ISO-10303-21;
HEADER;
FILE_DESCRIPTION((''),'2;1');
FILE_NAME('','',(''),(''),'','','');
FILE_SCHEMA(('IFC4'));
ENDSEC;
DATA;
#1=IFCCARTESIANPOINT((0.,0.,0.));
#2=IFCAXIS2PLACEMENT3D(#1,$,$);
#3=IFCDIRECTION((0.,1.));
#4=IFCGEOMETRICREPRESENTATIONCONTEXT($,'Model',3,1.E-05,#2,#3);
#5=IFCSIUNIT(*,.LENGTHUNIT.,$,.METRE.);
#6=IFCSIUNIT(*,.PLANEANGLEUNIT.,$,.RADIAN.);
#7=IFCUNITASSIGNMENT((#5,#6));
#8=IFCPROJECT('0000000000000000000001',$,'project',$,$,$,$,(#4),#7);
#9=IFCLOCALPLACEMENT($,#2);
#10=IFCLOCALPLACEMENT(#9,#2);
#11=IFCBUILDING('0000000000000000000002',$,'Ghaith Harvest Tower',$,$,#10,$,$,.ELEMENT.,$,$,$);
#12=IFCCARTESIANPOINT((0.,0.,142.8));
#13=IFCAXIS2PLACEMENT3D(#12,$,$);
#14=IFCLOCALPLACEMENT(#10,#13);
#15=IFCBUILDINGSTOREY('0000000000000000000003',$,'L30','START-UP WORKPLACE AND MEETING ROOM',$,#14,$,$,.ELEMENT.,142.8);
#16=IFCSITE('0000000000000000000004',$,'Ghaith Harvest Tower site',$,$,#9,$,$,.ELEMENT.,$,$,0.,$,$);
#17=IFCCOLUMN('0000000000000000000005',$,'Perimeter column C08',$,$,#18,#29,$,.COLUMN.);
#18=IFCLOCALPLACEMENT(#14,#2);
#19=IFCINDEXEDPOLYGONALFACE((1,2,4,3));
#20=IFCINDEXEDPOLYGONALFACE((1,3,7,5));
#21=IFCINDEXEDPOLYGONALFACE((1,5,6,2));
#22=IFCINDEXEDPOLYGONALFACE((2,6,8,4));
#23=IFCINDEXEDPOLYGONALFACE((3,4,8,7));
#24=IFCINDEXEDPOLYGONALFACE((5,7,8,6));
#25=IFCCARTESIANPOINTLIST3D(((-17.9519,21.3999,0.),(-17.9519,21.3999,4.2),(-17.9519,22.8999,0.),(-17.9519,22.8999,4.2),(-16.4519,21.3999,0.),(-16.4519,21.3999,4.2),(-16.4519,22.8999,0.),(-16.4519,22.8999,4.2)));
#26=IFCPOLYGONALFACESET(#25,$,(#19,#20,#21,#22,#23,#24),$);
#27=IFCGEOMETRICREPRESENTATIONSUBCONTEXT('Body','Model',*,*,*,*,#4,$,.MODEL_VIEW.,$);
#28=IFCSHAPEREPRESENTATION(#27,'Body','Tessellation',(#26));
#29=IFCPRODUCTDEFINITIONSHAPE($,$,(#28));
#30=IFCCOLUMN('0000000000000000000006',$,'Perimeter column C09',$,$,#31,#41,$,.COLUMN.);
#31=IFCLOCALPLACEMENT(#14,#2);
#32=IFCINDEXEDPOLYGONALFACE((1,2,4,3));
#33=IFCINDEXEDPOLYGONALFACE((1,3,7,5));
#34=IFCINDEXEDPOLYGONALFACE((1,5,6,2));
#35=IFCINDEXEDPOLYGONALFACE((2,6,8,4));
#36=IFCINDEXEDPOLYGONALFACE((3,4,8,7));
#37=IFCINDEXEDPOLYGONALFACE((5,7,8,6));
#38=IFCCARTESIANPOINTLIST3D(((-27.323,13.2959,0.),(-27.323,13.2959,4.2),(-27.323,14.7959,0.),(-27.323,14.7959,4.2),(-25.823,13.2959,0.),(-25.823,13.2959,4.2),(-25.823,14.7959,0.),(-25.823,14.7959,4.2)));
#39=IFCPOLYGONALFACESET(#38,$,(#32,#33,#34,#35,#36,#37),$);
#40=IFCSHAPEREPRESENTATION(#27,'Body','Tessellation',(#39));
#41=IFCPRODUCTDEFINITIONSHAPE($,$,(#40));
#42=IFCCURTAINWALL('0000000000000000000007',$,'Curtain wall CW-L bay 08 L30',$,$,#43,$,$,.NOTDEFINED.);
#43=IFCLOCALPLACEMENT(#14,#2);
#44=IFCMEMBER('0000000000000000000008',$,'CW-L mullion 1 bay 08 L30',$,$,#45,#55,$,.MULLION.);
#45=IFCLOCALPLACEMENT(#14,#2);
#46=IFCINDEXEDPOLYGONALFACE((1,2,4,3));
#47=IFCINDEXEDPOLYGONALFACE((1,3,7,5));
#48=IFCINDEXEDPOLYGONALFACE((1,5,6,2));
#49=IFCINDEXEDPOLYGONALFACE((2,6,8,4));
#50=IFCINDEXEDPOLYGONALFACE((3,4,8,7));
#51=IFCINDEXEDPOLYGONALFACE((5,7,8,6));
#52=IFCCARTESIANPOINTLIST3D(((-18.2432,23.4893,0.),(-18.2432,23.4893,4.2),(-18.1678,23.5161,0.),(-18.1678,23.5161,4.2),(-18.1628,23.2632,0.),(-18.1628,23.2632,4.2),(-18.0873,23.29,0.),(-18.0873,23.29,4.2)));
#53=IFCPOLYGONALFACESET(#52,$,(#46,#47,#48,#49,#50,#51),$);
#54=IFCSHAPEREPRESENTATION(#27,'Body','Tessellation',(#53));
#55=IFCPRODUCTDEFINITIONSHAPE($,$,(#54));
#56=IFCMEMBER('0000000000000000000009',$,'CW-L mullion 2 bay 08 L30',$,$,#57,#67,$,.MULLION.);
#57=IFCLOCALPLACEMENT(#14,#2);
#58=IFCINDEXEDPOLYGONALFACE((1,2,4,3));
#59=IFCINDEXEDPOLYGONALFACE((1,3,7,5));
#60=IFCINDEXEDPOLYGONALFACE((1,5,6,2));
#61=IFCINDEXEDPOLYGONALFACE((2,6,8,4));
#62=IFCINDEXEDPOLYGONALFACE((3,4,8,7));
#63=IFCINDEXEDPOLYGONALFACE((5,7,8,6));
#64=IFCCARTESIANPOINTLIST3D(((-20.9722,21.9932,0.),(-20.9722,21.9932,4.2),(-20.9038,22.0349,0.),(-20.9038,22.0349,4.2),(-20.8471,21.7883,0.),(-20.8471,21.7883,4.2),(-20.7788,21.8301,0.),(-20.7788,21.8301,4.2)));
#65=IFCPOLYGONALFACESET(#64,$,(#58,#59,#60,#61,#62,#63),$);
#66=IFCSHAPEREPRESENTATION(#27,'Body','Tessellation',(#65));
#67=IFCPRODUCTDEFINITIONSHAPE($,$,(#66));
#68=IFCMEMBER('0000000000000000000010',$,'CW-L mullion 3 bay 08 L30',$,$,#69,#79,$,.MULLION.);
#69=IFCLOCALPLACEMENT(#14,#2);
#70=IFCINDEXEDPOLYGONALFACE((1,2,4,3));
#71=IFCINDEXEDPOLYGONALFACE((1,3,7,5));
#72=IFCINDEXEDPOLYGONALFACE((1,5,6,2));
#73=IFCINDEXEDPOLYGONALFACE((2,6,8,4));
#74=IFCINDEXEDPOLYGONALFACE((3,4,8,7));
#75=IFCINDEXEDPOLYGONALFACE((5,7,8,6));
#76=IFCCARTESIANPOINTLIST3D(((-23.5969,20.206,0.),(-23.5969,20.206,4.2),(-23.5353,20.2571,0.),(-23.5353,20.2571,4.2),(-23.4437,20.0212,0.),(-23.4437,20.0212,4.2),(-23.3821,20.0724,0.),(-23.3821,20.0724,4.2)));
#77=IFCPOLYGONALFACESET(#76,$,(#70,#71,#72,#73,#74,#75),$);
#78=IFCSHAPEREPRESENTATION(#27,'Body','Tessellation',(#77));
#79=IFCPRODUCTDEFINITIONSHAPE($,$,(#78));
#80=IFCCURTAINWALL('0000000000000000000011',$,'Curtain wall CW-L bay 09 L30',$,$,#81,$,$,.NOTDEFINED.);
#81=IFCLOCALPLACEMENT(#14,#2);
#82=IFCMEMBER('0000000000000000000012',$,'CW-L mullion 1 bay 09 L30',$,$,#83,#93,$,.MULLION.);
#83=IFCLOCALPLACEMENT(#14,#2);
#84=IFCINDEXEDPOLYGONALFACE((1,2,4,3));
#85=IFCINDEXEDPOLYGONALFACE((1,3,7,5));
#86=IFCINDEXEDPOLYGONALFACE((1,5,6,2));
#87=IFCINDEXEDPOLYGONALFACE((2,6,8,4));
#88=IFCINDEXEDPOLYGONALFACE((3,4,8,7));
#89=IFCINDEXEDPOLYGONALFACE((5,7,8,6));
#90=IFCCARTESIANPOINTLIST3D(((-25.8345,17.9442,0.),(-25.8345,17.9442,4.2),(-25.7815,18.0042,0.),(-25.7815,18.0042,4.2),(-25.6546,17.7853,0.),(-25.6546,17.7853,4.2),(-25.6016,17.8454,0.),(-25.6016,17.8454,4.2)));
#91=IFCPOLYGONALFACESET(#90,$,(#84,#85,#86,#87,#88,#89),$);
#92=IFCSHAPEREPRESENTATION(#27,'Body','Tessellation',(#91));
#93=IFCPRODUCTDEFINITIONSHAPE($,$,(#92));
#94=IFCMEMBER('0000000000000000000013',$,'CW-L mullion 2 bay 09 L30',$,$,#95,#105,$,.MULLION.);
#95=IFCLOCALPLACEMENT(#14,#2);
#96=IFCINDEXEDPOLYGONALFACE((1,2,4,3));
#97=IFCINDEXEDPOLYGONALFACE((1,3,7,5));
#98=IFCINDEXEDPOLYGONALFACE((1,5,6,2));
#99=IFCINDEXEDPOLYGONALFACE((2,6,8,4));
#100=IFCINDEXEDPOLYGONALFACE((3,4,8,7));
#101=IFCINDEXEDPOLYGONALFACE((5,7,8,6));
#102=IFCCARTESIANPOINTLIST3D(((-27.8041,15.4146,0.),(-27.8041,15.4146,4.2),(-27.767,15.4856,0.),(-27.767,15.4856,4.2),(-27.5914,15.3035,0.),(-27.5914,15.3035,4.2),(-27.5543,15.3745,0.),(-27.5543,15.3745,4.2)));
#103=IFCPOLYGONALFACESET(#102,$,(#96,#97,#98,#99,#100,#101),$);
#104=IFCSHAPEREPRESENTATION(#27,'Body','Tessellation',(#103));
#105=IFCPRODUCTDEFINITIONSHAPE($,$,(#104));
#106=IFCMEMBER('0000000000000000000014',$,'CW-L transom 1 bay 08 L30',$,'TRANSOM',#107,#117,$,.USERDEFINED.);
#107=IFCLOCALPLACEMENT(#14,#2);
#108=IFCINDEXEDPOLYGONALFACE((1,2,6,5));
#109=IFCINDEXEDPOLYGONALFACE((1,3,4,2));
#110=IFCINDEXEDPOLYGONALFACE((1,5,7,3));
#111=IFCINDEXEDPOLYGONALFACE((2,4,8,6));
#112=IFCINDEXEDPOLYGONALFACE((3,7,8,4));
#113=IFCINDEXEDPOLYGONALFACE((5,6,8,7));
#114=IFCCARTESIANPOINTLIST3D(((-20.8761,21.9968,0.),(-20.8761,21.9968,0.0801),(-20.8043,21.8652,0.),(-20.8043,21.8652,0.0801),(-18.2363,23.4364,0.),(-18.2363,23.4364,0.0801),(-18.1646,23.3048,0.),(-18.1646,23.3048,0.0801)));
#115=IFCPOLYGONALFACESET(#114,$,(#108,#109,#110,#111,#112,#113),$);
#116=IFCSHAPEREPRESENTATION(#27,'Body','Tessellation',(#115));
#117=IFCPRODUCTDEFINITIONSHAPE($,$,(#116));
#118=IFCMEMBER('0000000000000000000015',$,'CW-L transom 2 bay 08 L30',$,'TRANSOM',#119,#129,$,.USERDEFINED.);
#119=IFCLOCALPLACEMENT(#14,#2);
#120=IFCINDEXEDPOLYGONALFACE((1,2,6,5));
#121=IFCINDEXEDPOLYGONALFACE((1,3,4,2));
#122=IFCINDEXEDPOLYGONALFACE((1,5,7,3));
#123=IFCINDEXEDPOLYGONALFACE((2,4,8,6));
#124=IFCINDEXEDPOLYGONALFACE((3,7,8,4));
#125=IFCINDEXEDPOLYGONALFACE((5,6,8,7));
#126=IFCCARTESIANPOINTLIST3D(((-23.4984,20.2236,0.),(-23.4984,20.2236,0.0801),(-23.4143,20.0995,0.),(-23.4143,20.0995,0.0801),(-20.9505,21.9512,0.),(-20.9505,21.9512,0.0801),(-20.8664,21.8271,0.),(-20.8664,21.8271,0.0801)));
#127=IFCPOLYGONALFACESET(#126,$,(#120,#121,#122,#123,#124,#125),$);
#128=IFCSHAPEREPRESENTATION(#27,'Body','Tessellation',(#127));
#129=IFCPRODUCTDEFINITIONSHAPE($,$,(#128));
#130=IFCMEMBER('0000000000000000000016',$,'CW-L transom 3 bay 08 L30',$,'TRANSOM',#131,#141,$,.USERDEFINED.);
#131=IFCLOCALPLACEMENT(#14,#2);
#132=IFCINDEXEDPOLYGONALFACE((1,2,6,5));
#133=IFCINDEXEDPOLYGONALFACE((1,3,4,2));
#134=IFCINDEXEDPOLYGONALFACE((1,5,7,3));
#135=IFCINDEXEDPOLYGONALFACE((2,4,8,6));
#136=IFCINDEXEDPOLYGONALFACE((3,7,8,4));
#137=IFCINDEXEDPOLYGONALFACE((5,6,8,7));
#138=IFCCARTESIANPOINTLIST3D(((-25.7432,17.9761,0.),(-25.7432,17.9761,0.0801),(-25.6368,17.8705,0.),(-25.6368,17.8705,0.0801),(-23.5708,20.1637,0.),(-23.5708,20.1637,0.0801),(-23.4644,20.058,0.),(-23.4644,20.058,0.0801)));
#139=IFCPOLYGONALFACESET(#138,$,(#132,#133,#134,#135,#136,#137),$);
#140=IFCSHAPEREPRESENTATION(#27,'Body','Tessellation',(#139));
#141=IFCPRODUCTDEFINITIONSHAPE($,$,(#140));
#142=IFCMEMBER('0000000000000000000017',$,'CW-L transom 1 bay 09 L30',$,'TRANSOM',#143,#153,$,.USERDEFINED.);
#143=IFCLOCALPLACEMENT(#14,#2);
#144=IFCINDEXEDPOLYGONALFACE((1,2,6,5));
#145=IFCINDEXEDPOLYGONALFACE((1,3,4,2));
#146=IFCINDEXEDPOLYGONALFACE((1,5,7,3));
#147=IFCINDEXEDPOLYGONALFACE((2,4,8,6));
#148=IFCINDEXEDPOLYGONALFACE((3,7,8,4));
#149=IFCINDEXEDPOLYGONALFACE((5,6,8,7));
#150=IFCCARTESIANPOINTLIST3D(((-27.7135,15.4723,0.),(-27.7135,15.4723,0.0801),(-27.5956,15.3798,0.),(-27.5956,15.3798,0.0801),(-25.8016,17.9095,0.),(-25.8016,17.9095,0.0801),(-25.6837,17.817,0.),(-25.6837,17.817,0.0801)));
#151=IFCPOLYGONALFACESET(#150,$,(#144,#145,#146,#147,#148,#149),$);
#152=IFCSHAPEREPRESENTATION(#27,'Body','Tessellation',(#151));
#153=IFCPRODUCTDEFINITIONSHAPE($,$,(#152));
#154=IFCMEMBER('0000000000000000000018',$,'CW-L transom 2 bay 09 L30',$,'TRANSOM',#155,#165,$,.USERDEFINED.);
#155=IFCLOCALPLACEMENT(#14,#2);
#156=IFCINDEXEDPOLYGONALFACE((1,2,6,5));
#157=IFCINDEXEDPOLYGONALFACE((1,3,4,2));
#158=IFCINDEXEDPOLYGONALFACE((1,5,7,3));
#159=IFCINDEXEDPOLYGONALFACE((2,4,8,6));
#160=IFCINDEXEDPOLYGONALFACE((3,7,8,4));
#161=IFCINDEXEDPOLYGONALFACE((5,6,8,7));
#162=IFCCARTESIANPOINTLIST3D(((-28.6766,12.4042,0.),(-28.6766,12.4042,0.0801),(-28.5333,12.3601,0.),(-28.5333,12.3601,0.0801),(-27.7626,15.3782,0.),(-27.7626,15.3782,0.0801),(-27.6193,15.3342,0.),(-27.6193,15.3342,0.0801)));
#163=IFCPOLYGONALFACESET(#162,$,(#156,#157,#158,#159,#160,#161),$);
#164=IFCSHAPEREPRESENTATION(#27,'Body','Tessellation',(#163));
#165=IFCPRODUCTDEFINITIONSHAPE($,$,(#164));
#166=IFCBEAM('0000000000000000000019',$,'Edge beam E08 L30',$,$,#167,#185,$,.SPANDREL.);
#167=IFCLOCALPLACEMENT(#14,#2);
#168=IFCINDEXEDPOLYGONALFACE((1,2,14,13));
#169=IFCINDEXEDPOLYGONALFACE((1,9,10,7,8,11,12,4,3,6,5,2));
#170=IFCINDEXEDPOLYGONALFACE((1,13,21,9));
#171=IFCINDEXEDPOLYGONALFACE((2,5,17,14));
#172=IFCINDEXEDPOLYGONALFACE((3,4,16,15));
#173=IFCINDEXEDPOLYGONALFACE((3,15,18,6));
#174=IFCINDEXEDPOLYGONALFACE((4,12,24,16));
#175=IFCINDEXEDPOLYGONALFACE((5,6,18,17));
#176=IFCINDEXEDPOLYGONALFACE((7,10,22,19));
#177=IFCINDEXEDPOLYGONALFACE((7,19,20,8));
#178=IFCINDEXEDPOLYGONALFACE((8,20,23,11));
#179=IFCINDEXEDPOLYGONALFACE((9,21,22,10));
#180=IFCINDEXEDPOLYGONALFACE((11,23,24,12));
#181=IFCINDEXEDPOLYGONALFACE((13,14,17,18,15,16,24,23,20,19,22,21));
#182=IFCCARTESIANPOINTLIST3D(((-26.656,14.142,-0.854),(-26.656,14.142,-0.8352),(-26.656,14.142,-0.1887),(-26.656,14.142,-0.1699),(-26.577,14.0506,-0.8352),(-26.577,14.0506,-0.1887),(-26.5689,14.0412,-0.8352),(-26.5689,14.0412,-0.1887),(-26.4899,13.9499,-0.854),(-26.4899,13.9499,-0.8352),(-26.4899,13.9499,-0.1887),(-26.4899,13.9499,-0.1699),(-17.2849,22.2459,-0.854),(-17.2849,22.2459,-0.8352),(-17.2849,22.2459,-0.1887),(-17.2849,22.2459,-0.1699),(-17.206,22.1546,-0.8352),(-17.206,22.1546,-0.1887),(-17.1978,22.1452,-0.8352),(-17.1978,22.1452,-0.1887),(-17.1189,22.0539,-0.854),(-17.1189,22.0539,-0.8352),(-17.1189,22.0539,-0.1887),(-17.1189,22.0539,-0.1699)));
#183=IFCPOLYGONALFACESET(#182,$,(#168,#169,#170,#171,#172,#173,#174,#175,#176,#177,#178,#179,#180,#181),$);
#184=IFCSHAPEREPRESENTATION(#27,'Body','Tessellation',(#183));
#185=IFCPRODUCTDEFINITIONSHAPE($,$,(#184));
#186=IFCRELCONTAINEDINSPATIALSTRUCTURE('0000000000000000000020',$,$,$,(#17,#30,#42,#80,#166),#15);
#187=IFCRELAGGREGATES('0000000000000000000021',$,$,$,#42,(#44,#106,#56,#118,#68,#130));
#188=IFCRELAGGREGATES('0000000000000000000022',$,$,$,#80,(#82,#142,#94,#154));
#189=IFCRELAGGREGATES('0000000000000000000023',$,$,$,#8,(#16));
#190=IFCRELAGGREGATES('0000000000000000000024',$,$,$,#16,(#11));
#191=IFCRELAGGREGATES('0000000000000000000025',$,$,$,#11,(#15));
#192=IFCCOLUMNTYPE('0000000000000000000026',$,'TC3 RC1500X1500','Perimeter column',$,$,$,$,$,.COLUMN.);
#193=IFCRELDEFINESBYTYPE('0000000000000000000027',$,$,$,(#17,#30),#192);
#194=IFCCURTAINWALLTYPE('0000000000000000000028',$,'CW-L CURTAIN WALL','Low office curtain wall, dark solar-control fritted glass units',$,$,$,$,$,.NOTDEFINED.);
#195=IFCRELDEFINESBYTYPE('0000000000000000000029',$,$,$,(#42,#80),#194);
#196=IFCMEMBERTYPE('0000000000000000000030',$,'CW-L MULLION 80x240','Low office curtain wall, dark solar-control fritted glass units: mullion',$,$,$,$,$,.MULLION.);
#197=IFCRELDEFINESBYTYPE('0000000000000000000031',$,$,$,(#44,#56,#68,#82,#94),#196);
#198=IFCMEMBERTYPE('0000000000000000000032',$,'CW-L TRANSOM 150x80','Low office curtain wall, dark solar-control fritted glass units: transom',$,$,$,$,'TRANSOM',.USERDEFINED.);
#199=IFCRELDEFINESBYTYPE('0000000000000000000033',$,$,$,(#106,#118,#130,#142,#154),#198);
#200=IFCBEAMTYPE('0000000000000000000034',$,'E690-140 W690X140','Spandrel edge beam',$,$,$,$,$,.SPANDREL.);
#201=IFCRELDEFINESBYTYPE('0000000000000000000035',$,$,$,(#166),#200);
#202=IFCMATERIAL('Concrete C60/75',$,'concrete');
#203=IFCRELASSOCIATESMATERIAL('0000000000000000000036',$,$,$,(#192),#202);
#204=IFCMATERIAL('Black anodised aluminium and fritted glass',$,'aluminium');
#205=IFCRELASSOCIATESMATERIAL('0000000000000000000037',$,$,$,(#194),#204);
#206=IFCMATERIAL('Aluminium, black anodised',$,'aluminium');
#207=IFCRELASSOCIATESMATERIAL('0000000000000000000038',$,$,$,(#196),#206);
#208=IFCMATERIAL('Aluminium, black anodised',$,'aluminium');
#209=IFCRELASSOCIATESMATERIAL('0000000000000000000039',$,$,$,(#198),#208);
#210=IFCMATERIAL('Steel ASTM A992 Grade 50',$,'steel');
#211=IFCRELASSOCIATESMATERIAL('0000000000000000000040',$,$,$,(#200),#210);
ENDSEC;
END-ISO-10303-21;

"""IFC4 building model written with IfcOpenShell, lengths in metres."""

from ifc_helpers import new_model, si_unit, direction, frame, origin, origin_2d, place, context, subcontext, project, spatial, rectangle, i_section, extrude, material, material_profile, profile_set, type_object, element, aggregate, save


model = new_model("IFC4")

# Units and contexts
model_context = context("Model", 3, precision=1e-05, world=origin(), true_north=direction((0.0, 1.0)))
body_context = subcontext(model_context, "Body", "Model", "MODEL_VIEW")
ifc_project = project(units=[si_unit("LENGTHUNIT", "METRE"), si_unit("PLANEANGLEUNIT", "RADIAN")], contexts=[model_context])

# Site, building, storey
site_placement = place(None, origin())
site = spatial("IfcSite", under=ifc_project, at=site_placement, Name="Ghaith Harvest Tower site", CompositionType="ELEMENT", RefElevation=0.0)
building_placement = place(site_placement, origin())
building = spatial("IfcBuilding", under=site, at=building_placement, Name="Ghaith Harvest Tower", CompositionType="ELEMENT")
storey_placement = place(building_placement, frame((0.0, 0.0, 142.8)))
storey = spatial("IfcBuildingStorey", under=building, at=storey_placement, Name="L30", Description="START-UP WORKPLACE AND MEETING ROOM", CompositionType="ELEMENT", Elevation=142.8)

# Columns
ifc_material_1 = material(Name="Concrete C60/75", Category="concrete")
ifc_material_profile_1 = material_profile(ifc_material_1, rectangle(XDim=1.5, YDim=1.5, at=origin_2d()), Name="RC1500X1500")
ifc_profile_set_1 = profile_set([ifc_material_profile_1], Name="Concrete C60/75")
column_type = type_object("IfcColumnType", Name="TC3 RC1500X1500", Description="Perimeter column", PredefinedType="COLUMN", material=ifc_profile_set_1)
for number, where, z_axis, x_axis, name in (
    (1, (-17.2019, 22.1499, 0.0), (0.0, 0.0, 1.0), (1.0, 0.0, 0.0), "Perimeter column C08"),
    (2, (-26.573, 14.0459, 0.0), (0.0, 0.0, 1.0), (1.0, 0.0, 0.0), "Perimeter column C09"),
):
    element("IfcColumn", number, at=place(storey_placement, frame(where, z_axis=z_axis, x_axis=x_axis)), inside=storey, type_object=column_type, Name=name, PredefinedType="COLUMN", context=body_context, shape_type="SweptSolid", body=[
        extrude(rectangle(XDim=1.5, YDim=1.5, at=origin_2d()), origin(), (0.0, 0.0, 1.0), 4.2),
    ])

# Curtain walls, members
ifc_material_2 = material(Name="Black anodised aluminium and fritted glass", Category="aluminium")
curtain_wall_type = type_object("IfcCurtainWallType", Name="CW-L CURTAIN WALL", Description="Low office curtain wall, dark solar-control fritted glass units", PredefinedType="NOTDEFINED", material=ifc_material_2)
curtain_wall_1_placement = place(storey_placement, origin())
curtain_wall_1 = element("IfcCurtainWall", 3, at=curtain_wall_1_placement, inside=storey, type_object=curtain_wall_type, Name="Curtain wall CW-L bay 08 L30", PredefinedType="NOTDEFINED")
ifc_material_3 = material(Name="Aluminium, black anodised", Category="aluminium")
ifc_material_profile_2 = material_profile(ifc_material_3, rectangle(XDim=0.0801, YDim=0.24, at=origin_2d()), Name="CW-L MULLION 80x240")
ifc_profile_set_2 = profile_set([ifc_material_profile_2], Name="Aluminium, black anodised")
member_type_1 = type_object("IfcMemberType", Name="CW-L MULLION 80x240", Description="Low office curtain wall, dark solar-control fritted glass units: mullion", PredefinedType="MULLION", material=ifc_profile_set_2)
member_1_placement = place(storey_placement, frame((-18.1653, 23.3896, 0.0), z_axis=(0.0, 0.0, 1.0), x_axis=(-0.942104, -0.335322, 0.0)))
member_1 = element("IfcMember", 4, at=member_1_placement, type_object=member_type_1, Name="CW-L mullion 1 bay 08 L30", PredefinedType="MULLION", context=body_context, shape_type="SweptSolid", body=[
    extrude(rectangle(XDim=0.0801, YDim=0.24, at=origin_2d()), origin(), (0.0, 0.0, 1.0), 4.2),
])
member_2_placement = place(storey_placement, frame((-20.8755, 21.9116, 0.0), z_axis=(0.0, 0.0, 1.0), x_axis=(-0.853516, -0.521067, 0.0)))
member_2 = element("IfcMember", 5, at=member_2_placement, type_object=member_type_1, Name="CW-L mullion 2 bay 08 L30", PredefinedType="MULLION", context=body_context, shape_type="SweptSolid", body=[
    extrude(rectangle(XDim=0.0801, YDim=0.24, at=origin_2d()), origin(), (0.0, 0.0, 1.0), 4.2),
])
member_3_placement = place(storey_placement, frame((-23.4895, 20.1392, 0.0), z_axis=(0.0, 0.0, 1.0), x_axis=(-0.769683, -0.638427, 0.0)))
member_3 = element("IfcMember", 6, at=member_3_placement, type_object=member_type_1, Name="CW-L mullion 3 bay 08 L30", PredefinedType="MULLION", context=body_context, shape_type="SweptSolid", body=[
    extrude(rectangle(XDim=0.0801, YDim=0.24, at=origin_2d()), origin(), (0.0, 0.0, 1.0), 4.2),
])
curtain_wall_2_placement = place(storey_placement, origin())
curtain_wall_2 = element("IfcCurtainWall", 7, at=curtain_wall_2_placement, inside=storey, type_object=curtain_wall_type, Name="Curtain wall CW-L bay 09 L30", PredefinedType="NOTDEFINED")
member_4_placement = place(storey_placement, frame((-25.718, 17.8948, 0.0), z_axis=(0.0, 0.0, 1.0), x_axis=(-0.661904, -0.749589, 0.0)))
member_4 = element("IfcMember", 8, at=member_4_placement, type_object=member_type_1, Name="CW-L mullion 1 bay 09 L30", PredefinedType="MULLION", context=body_context, shape_type="SweptSolid", body=[
    extrude(rectangle(XDim=0.0801, YDim=0.24, at=origin_2d()), origin(), (0.0, 0.0, 1.0), 4.2),
])
member_5_placement = place(storey_placement, frame((-27.6792, 15.3945, 0.0), z_axis=(0.0, 0.0, 1.0), x_axis=(-0.46289, -0.886416, 0.0)))
member_5 = element("IfcMember", 9, at=member_5_placement, type_object=member_type_1, Name="CW-L mullion 2 bay 09 L30", PredefinedType="MULLION", context=body_context, shape_type="SweptSolid", body=[
    extrude(rectangle(XDim=0.0801, YDim=0.24, at=origin_2d()), origin(), (0.0, 0.0, 1.0), 4.2),
])

# Members
ifc_material_4 = material(Name="Aluminium, black anodised", Category="aluminium")
ifc_material_profile_3 = material_profile(ifc_material_4, rectangle(XDim=0.1499, YDim=0.0801, at=origin_2d()), Name="CW-L TRANSOM 150x80")
ifc_profile_set_3 = profile_set([ifc_material_profile_3], Name="Aluminium, black anodised")
member_type_2 = type_object("IfcMemberType", Name="CW-L TRANSOM 150x80", Description="Low office curtain wall, dark solar-control fritted glass units: transom", ElementType="TRANSOM", PredefinedType="USERDEFINED", material=ifc_profile_set_3)
member_6_placement = place(storey_placement, frame((-18.2004, 23.3706, 0.04), z_axis=(-0.87793, -0.47879, 0.0), x_axis=(0.47879, -0.87793, 0.0)))
member_6 = element("IfcMember", 10, at=member_6_placement, type_object=member_type_2, Name="CW-L transom 1 bay 08 L30", ObjectType="TRANSOM", PredefinedType="USERDEFINED", context=body_context, shape_type="SweptSolid", body=[
    extrude(rectangle(XDim=0.1499, YDim=0.0801, at=origin_2d()), origin(), (0.0, 0.0, 1.0), 3.0068),
])
member_7_placement = place(storey_placement, frame((-20.9084, 21.8892, 0.04), z_axis=(-0.827681, -0.561199, 0.0), x_axis=(0.561199, -0.827681, 0.0)))
member_7 = element("IfcMember", 11, at=member_7_placement, type_object=member_type_2, Name="CW-L transom 2 bay 08 L30", ObjectType="TRANSOM", PredefinedType="USERDEFINED", context=body_context, shape_type="SweptSolid", body=[
    extrude(rectangle(XDim=0.1499, YDim=0.0801, at=origin_2d()), origin(), (0.0, 0.0, 1.0), 3.0784),
])
member_8_placement = place(storey_placement, frame((-23.5176, 20.1108, 0.04), z_axis=(-0.704648, -0.709557, 0.0), x_axis=(0.709557, -0.704648, 0.0)))
member_8 = element("IfcMember", 12, at=member_8_placement, type_object=member_type_2, Name="CW-L transom 3 bay 08 L30", ObjectType="TRANSOM", PredefinedType="USERDEFINED", context=body_context, shape_type="SweptSolid", body=[
    extrude(rectangle(XDim=0.1499, YDim=0.0801, at=origin_2d()), origin(), (0.0, 0.0, 1.0), 3.083),
])
member_9_placement = place(storey_placement, frame((-25.7427, 17.8633, 0.04), z_axis=(-0.617198, -0.786808, 0.0), x_axis=(0.786808, -0.617198, 0.0)))
member_9 = element("IfcMember", 13, at=member_9_placement, type_object=member_type_2, Name="CW-L transom 1 bay 09 L30", ObjectType="TRANSOM", PredefinedType="USERDEFINED", context=body_context, shape_type="SweptSolid", body=[
    extrude(rectangle(XDim=0.1499, YDim=0.0801, at=origin_2d()), origin(), (0.0, 0.0, 1.0), 3.0977),
])
member_10_placement = place(storey_placement, frame((-27.6909, 15.3562, 0.04), z_axis=(-0.293777, -0.955874, 0.0), x_axis=(0.955874, -0.293777, 0.0)))
member_10 = element("IfcMember", 14, at=member_10_placement, type_object=member_type_2, Name="CW-L transom 2 bay 09 L30", ObjectType="TRANSOM", PredefinedType="USERDEFINED", context=body_context, shape_type="SweptSolid", body=[
    extrude(rectangle(XDim=0.1499, YDim=0.0801, at=origin_2d()), origin(), (0.0, 0.0, 1.0), 3.1113),
])

# Beam
ifc_material_5 = material(Name="Steel ASTM A992 Grade 50", Category="steel")
ifc_material_profile_4 = material_profile(ifc_material_5, i_section(OverallWidth=0.2539, OverallDepth=0.6841, WebThickness=0.0125, FlangeThickness=0.0188, at=origin_2d()), Name="W690X140")
ifc_profile_set_4 = profile_set([ifc_material_profile_4], Name="Steel ASTM A992 Grade 50")
beam_type = type_object("IfcBeamType", Name="E690-140 W690X140", Description="Spandrel edge beam", PredefinedType="SPANDREL", material=ifc_profile_set_4)
beam_1_placement = place(storey_placement, frame((-17.2019, 22.1499, -0.512), z_axis=(-0.756392, -0.654118, 0.0), x_axis=(0.654118, -0.756392, 0.0)))
element("IfcBeam", 15, at=beam_1_placement, inside=storey, type_object=beam_type, Name="Edge beam E08 L30", PredefinedType="SPANDREL", context=body_context, shape_type="SweptSolid", body=[
    extrude(i_section(OverallWidth=0.2539, OverallDepth=0.6841, WebThickness=0.0125, FlangeThickness=0.0188, at=origin_2d()), origin(), (0.0, 0.0, 1.0), 12.3892),
])

aggregate(curtain_wall_1, [member_1, member_6, member_2, member_7, member_3, member_8])
aggregate(curtain_wall_2, [member_4, member_9, member_5, member_10])

save(model, "model.ifc")
